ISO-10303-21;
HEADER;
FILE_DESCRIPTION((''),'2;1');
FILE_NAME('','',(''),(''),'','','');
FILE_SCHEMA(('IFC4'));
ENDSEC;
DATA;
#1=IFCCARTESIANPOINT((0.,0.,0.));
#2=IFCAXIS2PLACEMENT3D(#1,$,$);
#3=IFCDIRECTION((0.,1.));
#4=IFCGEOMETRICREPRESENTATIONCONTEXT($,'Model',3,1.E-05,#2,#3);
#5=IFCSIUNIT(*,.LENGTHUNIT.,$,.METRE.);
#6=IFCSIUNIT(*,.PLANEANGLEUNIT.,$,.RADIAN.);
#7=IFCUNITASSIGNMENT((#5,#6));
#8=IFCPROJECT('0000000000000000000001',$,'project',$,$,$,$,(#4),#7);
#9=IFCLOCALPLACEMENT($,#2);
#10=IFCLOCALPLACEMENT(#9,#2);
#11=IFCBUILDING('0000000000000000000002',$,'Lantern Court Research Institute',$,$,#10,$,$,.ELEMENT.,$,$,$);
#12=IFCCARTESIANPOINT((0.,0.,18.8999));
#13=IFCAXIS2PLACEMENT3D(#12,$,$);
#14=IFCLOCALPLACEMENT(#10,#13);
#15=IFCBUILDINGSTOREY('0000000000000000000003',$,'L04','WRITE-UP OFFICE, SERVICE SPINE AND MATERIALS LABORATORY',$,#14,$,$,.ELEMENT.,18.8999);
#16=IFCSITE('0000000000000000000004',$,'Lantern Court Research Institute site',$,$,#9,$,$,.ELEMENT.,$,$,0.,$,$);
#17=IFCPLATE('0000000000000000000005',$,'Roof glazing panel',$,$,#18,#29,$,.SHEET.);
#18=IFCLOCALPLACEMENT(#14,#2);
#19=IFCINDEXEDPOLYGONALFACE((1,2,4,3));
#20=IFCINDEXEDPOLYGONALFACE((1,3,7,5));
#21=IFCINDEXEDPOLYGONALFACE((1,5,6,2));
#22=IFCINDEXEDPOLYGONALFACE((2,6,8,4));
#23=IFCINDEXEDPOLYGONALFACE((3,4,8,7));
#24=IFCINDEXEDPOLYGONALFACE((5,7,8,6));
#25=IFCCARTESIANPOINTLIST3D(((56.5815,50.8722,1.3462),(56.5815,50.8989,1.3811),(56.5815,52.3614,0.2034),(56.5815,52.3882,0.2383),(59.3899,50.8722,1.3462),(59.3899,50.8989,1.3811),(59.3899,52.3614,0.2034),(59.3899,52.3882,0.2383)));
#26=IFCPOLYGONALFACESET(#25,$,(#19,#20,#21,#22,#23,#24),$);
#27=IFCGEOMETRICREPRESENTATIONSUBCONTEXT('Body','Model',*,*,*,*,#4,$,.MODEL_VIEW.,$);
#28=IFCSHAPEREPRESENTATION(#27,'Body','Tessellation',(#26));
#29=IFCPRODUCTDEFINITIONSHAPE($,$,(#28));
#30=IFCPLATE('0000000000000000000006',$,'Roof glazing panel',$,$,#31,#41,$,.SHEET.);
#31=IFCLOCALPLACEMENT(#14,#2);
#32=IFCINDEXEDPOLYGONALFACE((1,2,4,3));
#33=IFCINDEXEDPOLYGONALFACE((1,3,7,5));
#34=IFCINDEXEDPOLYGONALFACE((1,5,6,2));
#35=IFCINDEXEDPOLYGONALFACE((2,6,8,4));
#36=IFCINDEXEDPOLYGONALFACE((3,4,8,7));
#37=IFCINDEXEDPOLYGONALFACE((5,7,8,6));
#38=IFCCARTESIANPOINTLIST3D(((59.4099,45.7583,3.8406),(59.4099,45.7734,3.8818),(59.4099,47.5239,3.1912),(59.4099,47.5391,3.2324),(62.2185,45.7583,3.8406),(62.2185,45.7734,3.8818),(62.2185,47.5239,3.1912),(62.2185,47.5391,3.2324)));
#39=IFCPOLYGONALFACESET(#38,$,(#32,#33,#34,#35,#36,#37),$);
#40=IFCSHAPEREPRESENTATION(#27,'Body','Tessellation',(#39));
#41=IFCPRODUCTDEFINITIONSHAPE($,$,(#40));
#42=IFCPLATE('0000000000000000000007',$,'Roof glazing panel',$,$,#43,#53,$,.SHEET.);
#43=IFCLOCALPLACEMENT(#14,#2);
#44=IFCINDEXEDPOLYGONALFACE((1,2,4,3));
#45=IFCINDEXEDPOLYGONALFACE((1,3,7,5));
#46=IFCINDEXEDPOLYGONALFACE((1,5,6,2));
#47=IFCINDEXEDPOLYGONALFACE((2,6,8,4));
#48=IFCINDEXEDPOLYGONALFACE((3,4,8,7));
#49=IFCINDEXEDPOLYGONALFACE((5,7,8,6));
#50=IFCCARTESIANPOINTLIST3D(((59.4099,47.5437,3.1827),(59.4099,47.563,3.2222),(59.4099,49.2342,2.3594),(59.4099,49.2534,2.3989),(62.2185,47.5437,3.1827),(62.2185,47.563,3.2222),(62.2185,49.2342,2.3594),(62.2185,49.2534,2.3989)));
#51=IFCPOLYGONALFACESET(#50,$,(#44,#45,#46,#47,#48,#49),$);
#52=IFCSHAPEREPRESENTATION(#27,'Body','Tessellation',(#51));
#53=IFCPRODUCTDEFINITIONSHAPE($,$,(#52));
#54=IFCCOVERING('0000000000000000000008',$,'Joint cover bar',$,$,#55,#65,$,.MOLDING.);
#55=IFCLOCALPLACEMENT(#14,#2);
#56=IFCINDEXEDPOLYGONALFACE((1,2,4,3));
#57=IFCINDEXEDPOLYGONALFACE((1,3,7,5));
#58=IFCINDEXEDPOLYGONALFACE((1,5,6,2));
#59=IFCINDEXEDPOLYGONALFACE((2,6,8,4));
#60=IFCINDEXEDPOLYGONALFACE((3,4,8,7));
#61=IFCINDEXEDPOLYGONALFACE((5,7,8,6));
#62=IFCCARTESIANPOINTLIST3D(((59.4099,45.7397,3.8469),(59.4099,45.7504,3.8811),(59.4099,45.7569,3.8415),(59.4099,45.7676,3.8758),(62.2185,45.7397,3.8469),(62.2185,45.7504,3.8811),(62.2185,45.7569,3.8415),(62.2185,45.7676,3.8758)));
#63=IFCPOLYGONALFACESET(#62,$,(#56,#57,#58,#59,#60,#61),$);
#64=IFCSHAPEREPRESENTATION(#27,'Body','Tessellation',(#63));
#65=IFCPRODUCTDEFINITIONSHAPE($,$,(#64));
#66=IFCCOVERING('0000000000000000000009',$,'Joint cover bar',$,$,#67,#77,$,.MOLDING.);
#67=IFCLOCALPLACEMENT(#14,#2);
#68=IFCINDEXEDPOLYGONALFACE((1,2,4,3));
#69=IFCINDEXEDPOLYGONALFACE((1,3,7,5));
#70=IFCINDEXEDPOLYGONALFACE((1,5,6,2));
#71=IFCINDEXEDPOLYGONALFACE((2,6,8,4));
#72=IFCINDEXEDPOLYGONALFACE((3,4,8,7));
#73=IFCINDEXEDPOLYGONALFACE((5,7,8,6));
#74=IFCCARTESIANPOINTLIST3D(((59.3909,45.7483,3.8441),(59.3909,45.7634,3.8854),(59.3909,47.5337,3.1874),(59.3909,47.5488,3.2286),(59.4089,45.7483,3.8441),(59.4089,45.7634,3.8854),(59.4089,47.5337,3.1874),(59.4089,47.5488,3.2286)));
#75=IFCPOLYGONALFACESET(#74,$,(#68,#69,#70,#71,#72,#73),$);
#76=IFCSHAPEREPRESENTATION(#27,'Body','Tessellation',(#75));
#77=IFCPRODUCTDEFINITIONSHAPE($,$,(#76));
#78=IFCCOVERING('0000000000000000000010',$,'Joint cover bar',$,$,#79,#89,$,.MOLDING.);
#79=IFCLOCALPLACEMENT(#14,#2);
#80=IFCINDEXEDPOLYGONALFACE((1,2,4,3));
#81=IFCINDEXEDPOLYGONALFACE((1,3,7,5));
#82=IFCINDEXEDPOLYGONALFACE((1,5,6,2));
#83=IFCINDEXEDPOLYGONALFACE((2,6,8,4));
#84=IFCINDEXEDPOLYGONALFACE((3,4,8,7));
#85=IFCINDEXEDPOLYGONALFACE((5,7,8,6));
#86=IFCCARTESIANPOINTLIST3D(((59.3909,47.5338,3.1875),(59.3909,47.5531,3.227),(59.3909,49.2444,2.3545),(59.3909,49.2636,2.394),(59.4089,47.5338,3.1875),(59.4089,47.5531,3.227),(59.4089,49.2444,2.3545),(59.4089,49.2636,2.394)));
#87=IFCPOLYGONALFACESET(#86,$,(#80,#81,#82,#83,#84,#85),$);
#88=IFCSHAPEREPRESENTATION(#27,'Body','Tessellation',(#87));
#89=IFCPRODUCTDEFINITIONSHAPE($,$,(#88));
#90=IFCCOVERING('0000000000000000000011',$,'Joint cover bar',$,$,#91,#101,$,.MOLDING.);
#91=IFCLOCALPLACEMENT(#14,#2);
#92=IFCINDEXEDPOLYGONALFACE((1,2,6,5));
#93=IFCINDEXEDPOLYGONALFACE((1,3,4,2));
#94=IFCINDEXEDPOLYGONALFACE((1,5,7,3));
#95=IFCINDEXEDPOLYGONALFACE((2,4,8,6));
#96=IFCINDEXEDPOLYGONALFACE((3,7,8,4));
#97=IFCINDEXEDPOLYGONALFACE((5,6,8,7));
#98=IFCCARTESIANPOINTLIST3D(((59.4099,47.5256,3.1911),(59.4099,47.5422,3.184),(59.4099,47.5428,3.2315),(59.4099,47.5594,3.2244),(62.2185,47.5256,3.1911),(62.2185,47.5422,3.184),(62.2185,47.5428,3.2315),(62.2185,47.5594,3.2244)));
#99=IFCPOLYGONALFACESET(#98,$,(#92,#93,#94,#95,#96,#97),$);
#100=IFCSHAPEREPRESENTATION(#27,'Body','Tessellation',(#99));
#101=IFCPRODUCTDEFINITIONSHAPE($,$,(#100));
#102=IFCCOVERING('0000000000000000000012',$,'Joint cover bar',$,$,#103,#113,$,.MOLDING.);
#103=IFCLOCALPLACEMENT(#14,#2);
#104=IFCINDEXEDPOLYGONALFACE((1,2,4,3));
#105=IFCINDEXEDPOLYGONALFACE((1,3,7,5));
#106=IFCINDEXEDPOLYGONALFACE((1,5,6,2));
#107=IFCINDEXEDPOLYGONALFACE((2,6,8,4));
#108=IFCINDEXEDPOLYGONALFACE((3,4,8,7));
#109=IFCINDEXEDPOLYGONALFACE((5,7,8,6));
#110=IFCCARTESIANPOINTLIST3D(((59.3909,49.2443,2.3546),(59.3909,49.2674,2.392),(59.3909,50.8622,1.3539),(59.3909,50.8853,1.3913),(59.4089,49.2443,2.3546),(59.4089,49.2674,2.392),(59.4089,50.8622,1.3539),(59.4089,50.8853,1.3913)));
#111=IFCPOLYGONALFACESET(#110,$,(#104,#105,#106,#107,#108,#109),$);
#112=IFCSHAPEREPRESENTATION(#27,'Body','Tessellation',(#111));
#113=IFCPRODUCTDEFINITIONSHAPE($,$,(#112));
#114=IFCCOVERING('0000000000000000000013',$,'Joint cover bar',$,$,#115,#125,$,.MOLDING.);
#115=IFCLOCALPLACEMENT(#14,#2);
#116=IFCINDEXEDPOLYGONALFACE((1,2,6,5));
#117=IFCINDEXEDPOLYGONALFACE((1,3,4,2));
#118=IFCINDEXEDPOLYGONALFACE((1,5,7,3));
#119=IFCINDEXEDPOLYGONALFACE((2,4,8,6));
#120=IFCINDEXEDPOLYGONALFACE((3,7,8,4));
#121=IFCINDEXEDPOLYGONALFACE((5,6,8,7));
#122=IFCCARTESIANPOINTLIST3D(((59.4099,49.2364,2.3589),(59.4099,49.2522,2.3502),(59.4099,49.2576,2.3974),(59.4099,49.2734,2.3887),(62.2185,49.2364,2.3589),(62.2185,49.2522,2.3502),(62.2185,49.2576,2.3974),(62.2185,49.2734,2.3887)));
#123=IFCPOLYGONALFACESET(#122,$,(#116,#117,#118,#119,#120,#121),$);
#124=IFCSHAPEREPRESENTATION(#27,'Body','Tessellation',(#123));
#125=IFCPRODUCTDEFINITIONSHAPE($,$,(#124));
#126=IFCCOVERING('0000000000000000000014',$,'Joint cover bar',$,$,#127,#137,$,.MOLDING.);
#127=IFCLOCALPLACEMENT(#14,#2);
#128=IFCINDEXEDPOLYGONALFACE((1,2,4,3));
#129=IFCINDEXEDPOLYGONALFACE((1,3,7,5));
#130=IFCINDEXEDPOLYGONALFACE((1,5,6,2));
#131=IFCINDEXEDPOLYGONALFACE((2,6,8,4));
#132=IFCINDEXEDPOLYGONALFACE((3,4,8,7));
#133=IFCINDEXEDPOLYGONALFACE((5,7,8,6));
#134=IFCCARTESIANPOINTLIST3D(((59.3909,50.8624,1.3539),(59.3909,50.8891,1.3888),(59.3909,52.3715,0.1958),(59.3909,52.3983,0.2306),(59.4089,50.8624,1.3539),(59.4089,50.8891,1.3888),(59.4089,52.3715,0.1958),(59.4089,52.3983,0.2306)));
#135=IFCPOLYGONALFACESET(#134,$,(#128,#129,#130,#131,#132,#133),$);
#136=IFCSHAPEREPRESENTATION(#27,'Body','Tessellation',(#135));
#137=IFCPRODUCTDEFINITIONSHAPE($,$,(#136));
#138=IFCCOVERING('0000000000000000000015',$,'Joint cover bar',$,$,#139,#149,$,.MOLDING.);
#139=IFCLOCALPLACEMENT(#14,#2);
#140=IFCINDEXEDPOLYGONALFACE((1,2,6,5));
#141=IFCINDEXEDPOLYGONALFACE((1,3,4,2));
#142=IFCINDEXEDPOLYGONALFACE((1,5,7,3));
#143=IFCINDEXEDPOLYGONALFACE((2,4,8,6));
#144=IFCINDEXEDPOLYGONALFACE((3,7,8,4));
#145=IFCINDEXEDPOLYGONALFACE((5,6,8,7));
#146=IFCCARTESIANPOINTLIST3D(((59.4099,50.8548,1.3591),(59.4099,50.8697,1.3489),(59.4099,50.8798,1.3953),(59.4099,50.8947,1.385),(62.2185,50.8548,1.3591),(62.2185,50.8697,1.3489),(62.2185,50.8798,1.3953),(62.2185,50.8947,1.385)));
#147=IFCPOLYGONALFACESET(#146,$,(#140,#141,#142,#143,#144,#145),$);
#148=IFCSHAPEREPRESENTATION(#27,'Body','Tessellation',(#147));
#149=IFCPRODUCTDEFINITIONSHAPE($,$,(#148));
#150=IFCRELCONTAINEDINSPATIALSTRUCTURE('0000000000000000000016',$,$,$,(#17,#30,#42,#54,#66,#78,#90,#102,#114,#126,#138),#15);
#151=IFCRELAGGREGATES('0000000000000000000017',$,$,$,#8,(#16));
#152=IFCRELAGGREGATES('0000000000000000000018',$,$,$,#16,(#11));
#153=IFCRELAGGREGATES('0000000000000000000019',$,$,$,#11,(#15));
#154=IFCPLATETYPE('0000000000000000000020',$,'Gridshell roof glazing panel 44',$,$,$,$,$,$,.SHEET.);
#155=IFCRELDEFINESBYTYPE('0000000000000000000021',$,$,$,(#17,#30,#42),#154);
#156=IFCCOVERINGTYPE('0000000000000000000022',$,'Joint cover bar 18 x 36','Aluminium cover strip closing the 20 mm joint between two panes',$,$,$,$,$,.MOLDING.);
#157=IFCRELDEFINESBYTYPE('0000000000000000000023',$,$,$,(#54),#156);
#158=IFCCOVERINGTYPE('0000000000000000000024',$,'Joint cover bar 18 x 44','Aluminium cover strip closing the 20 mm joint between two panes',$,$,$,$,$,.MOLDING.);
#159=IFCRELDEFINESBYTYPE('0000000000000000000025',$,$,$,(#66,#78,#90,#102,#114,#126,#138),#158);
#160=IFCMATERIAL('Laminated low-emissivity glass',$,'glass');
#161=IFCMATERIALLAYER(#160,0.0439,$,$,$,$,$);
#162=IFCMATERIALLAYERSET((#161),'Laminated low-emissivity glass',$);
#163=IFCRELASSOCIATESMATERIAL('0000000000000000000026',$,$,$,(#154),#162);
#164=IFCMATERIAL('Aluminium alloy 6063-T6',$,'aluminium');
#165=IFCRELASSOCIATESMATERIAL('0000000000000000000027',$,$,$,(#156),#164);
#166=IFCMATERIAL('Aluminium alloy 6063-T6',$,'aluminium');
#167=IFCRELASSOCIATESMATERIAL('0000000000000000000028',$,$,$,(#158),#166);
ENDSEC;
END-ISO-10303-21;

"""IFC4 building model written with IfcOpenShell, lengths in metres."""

from ifc_helpers import new_model, si_unit, direction, frame, origin, origin_2d, place, context, subcontext, project, spatial, polyline, rectangle, outline, extrude, material, layer, layer_set, material_profile, profile_set, type_object, element, save


model = new_model("IFC4")

# Units and contexts
model_context = context("Model", 3, precision=1e-05, world=origin(), true_north=direction((0.0, 1.0)))
body_context = subcontext(model_context, "Body", "Model", "MODEL_VIEW")
ifc_project = project(units=[si_unit("LENGTHUNIT", "METRE"), si_unit("PLANEANGLEUNIT", "RADIAN")], contexts=[model_context])

# Site, building, storey
site_placement = place(None, origin())
site = spatial("IfcSite", under=ifc_project, at=site_placement, Name="Lantern Court Research Institute site", CompositionType="ELEMENT", RefElevation=0.0)
building_placement = place(site_placement, origin())
building = spatial("IfcBuilding", under=site, at=building_placement, Name="Lantern Court Research Institute", CompositionType="ELEMENT")
storey_placement = place(building_placement, frame((0.0, 0.0, 18.8999)))
storey = spatial("IfcBuildingStorey", under=building, at=storey_placement, Name="L04", Description="WRITE-UP OFFICE, SERVICE SPINE AND MATERIALS LABORATORY", CompositionType="ELEMENT", Elevation=18.8999)

# Plates
ifc_material_1 = material(Name="Laminated low-emissivity glass", Category="glass")
ifc_layer = layer(ifc_material_1, 0.0439)
ifc_layer_set = layer_set([ifc_layer], Name="Laminated low-emissivity glass")
plate_type = type_object("IfcPlateType", Name="Gridshell roof glazing panel 44", PredefinedType="SHEET", material=ifc_layer_set)
plate_1_placement = place(storey_placement, frame((59.3899, 50.8989, 1.3811), z_axis=(0.0, 0.608786, 0.793334), x_axis=(-1.0, 0.0, 0.0)))
element("IfcPlate", 1, at=plate_1_placement, inside=storey, type_object=plate_type, Name="Roof glazing panel", PredefinedType="SHEET", context=body_context, shape_type="SweptSolid", body=[
    extrude(outline(polyline([(0.0, 0.0), (2.8083, 0.0), (2.8083, -1.8772), (0.0, -1.8772), (0.0, 0.0)])), origin(), (0.0, 0.0, -1.0), 0.0439),
])
plate_2_placement = place(storey_placement, frame((62.2185, 45.7734, 3.8818), z_axis=(0.0, 0.3452, 0.938529), x_axis=(-1.0, 0.0, 0.0)))
element("IfcPlate", 2, at=plate_2_placement, inside=storey, type_object=plate_type, Name="Roof glazing panel", PredefinedType="SHEET", context=body_context, shape_type="SweptSolid", body=[
    extrude(outline(polyline([(0.0, 0.0), (2.8086, 0.0), (2.8086, -1.8813), (0.0, -1.8813), (0.0, 0.0)])), origin(), (0.0, 0.0, -1.0), 0.0439),
])
plate_3_placement = place(storey_placement, frame((62.2185, 47.563, 3.2222), z_axis=(0.0, 0.43784, 0.899053), x_axis=(-1.0, 0.0, 0.0)))
element("IfcPlate", 3, at=plate_3_placement, inside=storey, type_object=plate_type, Name="Roof glazing panel", PredefinedType="SHEET", context=body_context, shape_type="SweptSolid", body=[
    extrude(outline(polyline([(0.0, 0.0), (2.8086, 0.0), (2.8086, -1.8802), (0.0, -1.8802), (0.0, 0.0)])), origin(), (0.0, 0.0, -1.0), 0.0439),
])

# Coverings
ifc_material_2 = material(Name="Aluminium alloy 6063-T6", Category="aluminium")
ifc_material_profile_1 = material_profile(ifc_material_2, rectangle(XDim=0.0181, YDim=0.0359, at=origin_2d()), Name="Joint cover bar 18 x 36")
ifc_profile_set_1 = profile_set([ifc_material_profile_1], Name="Aluminium alloy 6063-T6")
covering_type_1 = type_object("IfcCoveringType", Name="Joint cover bar 18 x 36", Description="Aluminium cover strip closing the 20 mm joint between two panes", PredefinedType="MOLDING", material=ifc_profile_set_1)
covering_1_placement = place(storey_placement, frame((59.4099, 45.7537, 3.8613), z_axis=(1.0, 0.0, 0.0), x_axis=(0.0, 0.954713, -0.297528)))
element("IfcCovering", 4, at=covering_1_placement, inside=storey, type_object=covering_type_1, Name="Joint cover bar", PredefinedType="MOLDING", context=body_context, shape_type="SweptSolid", body=[
    extrude(rectangle(XDim=0.0181, YDim=0.0359, at=origin_2d()), origin(), (0.0, 0.0, 1.0), 2.8086),
])
ifc_material_3 = material(Name="Aluminium alloy 6063-T6", Category="aluminium")
ifc_material_profile_2 = material_profile(ifc_material_3, rectangle(XDim=0.0181, YDim=0.0439, at=origin_2d()), Name="Joint cover bar 18 x 44")
ifc_profile_set_2 = profile_set([ifc_material_profile_2], Name="Aluminium alloy 6063-T6")
covering_type_2 = type_object("IfcCoveringType", Name="Joint cover bar 18 x 44", Description="Aluminium cover strip closing the 20 mm joint between two panes", PredefinedType="MOLDING", material=ifc_profile_set_2)
covering_2_placement = place(storey_placement, frame((59.3999, 45.7559, 3.8647), z_axis=(0.0, 0.93852, -0.345224), x_axis=(-1.0, 0.0, 0.0)))
element("IfcCovering", 5, at=covering_2_placement, inside=storey, type_object=covering_type_2, Name="Joint cover bar", PredefinedType="MOLDING", context=body_context, shape_type="SweptSolid", body=[
    extrude(rectangle(XDim=0.0181, YDim=0.0439, at=origin_2d()), origin(), (0.0, 0.0, 1.0), 1.9023),
])
covering_3_placement = place(storey_placement, frame((59.3999, 47.5435, 3.2073), z_axis=(0.0, 0.899049, -0.437847), x_axis=(-1.0, 0.0, 0.0)))
element("IfcCovering", 6, at=covering_3_placement, inside=storey, type_object=covering_type_2, Name="Joint cover bar", PredefinedType="MOLDING", context=body_context, shape_type="SweptSolid", body=[
    extrude(rectangle(XDim=0.0181, YDim=0.0439, at=origin_2d()), origin(), (0.0, 0.0, 1.0), 1.9026),
])
covering_4_placement = place(storey_placement, frame((59.4099, 47.5425, 3.2078), z_axis=(1.0, 0.0, 0.0), x_axis=(0.0, 0.919966, -0.391999)))
element("IfcCovering", 7, at=covering_4_placement, inside=storey, type_object=covering_type_2, Name="Joint cover bar", PredefinedType="MOLDING", context=body_context, shape_type="SweptSolid", body=[
    extrude(rectangle(XDim=0.0181, YDim=0.0439, at=origin_2d()), origin(), (0.0, 0.0, 1.0), 2.8086),
])
covering_5_placement = place(storey_placement, frame((59.3999, 49.2559, 2.3733), z_axis=(0.0, 0.850462, -0.526036), x_axis=(-1.0, 0.0, 0.0)))
element("IfcCovering", 8, at=covering_5_placement, inside=storey, type_object=covering_type_2, Name="Joint cover bar", PredefinedType="MOLDING", context=body_context, shape_type="SweptSolid", body=[
    extrude(rectangle(XDim=0.0181, YDim=0.0439, at=origin_2d()), origin(), (0.0, 0.0, 1.0), 1.9023),
])
covering_6_placement = place(storey_placement, frame((59.4099, 49.2549, 2.3738), z_axis=(1.0, 0.0, 0.0), x_axis=(0.0, 0.875897, -0.482497)))
element("IfcCovering", 9, at=covering_6_placement, inside=storey, type_object=covering_type_2, Name="Joint cover bar", PredefinedType="MOLDING", context=body_context, shape_type="SweptSolid", body=[
    extrude(rectangle(XDim=0.0181, YDim=0.0439, at=origin_2d()), origin(), (0.0, 0.0, 1.0), 2.8086),
])
covering_7_placement = place(storey_placement, frame((59.3999, 50.8757, 1.3713), z_axis=(0.0, 0.79333, -0.608792), x_axis=(-1.0, 0.0, 0.0)))
element("IfcCovering", 10, at=covering_7_placement, inside=storey, type_object=covering_type_2, Name="Joint cover bar", PredefinedType="MOLDING", context=body_context, shape_type="SweptSolid", body=[
    extrude(rectangle(XDim=0.0181, YDim=0.0439, at=origin_2d()), origin(), (0.0, 0.0, 1.0), 1.9023),
])
covering_8_placement = place(storey_placement, frame((59.4099, 50.8748, 1.3721), z_axis=(1.0, 0.0, 0.0), x_axis=(0.0, 0.822954, -0.568108)))
element("IfcCovering", 11, at=covering_8_placement, inside=storey, type_object=covering_type_2, Name="Joint cover bar", PredefinedType="MOLDING", context=body_context, shape_type="SweptSolid", body=[
    extrude(rectangle(XDim=0.0181, YDim=0.0439, at=origin_2d()), origin(), (0.0, 0.0, 1.0), 2.8086),
])

save(model, "model.ifc")
